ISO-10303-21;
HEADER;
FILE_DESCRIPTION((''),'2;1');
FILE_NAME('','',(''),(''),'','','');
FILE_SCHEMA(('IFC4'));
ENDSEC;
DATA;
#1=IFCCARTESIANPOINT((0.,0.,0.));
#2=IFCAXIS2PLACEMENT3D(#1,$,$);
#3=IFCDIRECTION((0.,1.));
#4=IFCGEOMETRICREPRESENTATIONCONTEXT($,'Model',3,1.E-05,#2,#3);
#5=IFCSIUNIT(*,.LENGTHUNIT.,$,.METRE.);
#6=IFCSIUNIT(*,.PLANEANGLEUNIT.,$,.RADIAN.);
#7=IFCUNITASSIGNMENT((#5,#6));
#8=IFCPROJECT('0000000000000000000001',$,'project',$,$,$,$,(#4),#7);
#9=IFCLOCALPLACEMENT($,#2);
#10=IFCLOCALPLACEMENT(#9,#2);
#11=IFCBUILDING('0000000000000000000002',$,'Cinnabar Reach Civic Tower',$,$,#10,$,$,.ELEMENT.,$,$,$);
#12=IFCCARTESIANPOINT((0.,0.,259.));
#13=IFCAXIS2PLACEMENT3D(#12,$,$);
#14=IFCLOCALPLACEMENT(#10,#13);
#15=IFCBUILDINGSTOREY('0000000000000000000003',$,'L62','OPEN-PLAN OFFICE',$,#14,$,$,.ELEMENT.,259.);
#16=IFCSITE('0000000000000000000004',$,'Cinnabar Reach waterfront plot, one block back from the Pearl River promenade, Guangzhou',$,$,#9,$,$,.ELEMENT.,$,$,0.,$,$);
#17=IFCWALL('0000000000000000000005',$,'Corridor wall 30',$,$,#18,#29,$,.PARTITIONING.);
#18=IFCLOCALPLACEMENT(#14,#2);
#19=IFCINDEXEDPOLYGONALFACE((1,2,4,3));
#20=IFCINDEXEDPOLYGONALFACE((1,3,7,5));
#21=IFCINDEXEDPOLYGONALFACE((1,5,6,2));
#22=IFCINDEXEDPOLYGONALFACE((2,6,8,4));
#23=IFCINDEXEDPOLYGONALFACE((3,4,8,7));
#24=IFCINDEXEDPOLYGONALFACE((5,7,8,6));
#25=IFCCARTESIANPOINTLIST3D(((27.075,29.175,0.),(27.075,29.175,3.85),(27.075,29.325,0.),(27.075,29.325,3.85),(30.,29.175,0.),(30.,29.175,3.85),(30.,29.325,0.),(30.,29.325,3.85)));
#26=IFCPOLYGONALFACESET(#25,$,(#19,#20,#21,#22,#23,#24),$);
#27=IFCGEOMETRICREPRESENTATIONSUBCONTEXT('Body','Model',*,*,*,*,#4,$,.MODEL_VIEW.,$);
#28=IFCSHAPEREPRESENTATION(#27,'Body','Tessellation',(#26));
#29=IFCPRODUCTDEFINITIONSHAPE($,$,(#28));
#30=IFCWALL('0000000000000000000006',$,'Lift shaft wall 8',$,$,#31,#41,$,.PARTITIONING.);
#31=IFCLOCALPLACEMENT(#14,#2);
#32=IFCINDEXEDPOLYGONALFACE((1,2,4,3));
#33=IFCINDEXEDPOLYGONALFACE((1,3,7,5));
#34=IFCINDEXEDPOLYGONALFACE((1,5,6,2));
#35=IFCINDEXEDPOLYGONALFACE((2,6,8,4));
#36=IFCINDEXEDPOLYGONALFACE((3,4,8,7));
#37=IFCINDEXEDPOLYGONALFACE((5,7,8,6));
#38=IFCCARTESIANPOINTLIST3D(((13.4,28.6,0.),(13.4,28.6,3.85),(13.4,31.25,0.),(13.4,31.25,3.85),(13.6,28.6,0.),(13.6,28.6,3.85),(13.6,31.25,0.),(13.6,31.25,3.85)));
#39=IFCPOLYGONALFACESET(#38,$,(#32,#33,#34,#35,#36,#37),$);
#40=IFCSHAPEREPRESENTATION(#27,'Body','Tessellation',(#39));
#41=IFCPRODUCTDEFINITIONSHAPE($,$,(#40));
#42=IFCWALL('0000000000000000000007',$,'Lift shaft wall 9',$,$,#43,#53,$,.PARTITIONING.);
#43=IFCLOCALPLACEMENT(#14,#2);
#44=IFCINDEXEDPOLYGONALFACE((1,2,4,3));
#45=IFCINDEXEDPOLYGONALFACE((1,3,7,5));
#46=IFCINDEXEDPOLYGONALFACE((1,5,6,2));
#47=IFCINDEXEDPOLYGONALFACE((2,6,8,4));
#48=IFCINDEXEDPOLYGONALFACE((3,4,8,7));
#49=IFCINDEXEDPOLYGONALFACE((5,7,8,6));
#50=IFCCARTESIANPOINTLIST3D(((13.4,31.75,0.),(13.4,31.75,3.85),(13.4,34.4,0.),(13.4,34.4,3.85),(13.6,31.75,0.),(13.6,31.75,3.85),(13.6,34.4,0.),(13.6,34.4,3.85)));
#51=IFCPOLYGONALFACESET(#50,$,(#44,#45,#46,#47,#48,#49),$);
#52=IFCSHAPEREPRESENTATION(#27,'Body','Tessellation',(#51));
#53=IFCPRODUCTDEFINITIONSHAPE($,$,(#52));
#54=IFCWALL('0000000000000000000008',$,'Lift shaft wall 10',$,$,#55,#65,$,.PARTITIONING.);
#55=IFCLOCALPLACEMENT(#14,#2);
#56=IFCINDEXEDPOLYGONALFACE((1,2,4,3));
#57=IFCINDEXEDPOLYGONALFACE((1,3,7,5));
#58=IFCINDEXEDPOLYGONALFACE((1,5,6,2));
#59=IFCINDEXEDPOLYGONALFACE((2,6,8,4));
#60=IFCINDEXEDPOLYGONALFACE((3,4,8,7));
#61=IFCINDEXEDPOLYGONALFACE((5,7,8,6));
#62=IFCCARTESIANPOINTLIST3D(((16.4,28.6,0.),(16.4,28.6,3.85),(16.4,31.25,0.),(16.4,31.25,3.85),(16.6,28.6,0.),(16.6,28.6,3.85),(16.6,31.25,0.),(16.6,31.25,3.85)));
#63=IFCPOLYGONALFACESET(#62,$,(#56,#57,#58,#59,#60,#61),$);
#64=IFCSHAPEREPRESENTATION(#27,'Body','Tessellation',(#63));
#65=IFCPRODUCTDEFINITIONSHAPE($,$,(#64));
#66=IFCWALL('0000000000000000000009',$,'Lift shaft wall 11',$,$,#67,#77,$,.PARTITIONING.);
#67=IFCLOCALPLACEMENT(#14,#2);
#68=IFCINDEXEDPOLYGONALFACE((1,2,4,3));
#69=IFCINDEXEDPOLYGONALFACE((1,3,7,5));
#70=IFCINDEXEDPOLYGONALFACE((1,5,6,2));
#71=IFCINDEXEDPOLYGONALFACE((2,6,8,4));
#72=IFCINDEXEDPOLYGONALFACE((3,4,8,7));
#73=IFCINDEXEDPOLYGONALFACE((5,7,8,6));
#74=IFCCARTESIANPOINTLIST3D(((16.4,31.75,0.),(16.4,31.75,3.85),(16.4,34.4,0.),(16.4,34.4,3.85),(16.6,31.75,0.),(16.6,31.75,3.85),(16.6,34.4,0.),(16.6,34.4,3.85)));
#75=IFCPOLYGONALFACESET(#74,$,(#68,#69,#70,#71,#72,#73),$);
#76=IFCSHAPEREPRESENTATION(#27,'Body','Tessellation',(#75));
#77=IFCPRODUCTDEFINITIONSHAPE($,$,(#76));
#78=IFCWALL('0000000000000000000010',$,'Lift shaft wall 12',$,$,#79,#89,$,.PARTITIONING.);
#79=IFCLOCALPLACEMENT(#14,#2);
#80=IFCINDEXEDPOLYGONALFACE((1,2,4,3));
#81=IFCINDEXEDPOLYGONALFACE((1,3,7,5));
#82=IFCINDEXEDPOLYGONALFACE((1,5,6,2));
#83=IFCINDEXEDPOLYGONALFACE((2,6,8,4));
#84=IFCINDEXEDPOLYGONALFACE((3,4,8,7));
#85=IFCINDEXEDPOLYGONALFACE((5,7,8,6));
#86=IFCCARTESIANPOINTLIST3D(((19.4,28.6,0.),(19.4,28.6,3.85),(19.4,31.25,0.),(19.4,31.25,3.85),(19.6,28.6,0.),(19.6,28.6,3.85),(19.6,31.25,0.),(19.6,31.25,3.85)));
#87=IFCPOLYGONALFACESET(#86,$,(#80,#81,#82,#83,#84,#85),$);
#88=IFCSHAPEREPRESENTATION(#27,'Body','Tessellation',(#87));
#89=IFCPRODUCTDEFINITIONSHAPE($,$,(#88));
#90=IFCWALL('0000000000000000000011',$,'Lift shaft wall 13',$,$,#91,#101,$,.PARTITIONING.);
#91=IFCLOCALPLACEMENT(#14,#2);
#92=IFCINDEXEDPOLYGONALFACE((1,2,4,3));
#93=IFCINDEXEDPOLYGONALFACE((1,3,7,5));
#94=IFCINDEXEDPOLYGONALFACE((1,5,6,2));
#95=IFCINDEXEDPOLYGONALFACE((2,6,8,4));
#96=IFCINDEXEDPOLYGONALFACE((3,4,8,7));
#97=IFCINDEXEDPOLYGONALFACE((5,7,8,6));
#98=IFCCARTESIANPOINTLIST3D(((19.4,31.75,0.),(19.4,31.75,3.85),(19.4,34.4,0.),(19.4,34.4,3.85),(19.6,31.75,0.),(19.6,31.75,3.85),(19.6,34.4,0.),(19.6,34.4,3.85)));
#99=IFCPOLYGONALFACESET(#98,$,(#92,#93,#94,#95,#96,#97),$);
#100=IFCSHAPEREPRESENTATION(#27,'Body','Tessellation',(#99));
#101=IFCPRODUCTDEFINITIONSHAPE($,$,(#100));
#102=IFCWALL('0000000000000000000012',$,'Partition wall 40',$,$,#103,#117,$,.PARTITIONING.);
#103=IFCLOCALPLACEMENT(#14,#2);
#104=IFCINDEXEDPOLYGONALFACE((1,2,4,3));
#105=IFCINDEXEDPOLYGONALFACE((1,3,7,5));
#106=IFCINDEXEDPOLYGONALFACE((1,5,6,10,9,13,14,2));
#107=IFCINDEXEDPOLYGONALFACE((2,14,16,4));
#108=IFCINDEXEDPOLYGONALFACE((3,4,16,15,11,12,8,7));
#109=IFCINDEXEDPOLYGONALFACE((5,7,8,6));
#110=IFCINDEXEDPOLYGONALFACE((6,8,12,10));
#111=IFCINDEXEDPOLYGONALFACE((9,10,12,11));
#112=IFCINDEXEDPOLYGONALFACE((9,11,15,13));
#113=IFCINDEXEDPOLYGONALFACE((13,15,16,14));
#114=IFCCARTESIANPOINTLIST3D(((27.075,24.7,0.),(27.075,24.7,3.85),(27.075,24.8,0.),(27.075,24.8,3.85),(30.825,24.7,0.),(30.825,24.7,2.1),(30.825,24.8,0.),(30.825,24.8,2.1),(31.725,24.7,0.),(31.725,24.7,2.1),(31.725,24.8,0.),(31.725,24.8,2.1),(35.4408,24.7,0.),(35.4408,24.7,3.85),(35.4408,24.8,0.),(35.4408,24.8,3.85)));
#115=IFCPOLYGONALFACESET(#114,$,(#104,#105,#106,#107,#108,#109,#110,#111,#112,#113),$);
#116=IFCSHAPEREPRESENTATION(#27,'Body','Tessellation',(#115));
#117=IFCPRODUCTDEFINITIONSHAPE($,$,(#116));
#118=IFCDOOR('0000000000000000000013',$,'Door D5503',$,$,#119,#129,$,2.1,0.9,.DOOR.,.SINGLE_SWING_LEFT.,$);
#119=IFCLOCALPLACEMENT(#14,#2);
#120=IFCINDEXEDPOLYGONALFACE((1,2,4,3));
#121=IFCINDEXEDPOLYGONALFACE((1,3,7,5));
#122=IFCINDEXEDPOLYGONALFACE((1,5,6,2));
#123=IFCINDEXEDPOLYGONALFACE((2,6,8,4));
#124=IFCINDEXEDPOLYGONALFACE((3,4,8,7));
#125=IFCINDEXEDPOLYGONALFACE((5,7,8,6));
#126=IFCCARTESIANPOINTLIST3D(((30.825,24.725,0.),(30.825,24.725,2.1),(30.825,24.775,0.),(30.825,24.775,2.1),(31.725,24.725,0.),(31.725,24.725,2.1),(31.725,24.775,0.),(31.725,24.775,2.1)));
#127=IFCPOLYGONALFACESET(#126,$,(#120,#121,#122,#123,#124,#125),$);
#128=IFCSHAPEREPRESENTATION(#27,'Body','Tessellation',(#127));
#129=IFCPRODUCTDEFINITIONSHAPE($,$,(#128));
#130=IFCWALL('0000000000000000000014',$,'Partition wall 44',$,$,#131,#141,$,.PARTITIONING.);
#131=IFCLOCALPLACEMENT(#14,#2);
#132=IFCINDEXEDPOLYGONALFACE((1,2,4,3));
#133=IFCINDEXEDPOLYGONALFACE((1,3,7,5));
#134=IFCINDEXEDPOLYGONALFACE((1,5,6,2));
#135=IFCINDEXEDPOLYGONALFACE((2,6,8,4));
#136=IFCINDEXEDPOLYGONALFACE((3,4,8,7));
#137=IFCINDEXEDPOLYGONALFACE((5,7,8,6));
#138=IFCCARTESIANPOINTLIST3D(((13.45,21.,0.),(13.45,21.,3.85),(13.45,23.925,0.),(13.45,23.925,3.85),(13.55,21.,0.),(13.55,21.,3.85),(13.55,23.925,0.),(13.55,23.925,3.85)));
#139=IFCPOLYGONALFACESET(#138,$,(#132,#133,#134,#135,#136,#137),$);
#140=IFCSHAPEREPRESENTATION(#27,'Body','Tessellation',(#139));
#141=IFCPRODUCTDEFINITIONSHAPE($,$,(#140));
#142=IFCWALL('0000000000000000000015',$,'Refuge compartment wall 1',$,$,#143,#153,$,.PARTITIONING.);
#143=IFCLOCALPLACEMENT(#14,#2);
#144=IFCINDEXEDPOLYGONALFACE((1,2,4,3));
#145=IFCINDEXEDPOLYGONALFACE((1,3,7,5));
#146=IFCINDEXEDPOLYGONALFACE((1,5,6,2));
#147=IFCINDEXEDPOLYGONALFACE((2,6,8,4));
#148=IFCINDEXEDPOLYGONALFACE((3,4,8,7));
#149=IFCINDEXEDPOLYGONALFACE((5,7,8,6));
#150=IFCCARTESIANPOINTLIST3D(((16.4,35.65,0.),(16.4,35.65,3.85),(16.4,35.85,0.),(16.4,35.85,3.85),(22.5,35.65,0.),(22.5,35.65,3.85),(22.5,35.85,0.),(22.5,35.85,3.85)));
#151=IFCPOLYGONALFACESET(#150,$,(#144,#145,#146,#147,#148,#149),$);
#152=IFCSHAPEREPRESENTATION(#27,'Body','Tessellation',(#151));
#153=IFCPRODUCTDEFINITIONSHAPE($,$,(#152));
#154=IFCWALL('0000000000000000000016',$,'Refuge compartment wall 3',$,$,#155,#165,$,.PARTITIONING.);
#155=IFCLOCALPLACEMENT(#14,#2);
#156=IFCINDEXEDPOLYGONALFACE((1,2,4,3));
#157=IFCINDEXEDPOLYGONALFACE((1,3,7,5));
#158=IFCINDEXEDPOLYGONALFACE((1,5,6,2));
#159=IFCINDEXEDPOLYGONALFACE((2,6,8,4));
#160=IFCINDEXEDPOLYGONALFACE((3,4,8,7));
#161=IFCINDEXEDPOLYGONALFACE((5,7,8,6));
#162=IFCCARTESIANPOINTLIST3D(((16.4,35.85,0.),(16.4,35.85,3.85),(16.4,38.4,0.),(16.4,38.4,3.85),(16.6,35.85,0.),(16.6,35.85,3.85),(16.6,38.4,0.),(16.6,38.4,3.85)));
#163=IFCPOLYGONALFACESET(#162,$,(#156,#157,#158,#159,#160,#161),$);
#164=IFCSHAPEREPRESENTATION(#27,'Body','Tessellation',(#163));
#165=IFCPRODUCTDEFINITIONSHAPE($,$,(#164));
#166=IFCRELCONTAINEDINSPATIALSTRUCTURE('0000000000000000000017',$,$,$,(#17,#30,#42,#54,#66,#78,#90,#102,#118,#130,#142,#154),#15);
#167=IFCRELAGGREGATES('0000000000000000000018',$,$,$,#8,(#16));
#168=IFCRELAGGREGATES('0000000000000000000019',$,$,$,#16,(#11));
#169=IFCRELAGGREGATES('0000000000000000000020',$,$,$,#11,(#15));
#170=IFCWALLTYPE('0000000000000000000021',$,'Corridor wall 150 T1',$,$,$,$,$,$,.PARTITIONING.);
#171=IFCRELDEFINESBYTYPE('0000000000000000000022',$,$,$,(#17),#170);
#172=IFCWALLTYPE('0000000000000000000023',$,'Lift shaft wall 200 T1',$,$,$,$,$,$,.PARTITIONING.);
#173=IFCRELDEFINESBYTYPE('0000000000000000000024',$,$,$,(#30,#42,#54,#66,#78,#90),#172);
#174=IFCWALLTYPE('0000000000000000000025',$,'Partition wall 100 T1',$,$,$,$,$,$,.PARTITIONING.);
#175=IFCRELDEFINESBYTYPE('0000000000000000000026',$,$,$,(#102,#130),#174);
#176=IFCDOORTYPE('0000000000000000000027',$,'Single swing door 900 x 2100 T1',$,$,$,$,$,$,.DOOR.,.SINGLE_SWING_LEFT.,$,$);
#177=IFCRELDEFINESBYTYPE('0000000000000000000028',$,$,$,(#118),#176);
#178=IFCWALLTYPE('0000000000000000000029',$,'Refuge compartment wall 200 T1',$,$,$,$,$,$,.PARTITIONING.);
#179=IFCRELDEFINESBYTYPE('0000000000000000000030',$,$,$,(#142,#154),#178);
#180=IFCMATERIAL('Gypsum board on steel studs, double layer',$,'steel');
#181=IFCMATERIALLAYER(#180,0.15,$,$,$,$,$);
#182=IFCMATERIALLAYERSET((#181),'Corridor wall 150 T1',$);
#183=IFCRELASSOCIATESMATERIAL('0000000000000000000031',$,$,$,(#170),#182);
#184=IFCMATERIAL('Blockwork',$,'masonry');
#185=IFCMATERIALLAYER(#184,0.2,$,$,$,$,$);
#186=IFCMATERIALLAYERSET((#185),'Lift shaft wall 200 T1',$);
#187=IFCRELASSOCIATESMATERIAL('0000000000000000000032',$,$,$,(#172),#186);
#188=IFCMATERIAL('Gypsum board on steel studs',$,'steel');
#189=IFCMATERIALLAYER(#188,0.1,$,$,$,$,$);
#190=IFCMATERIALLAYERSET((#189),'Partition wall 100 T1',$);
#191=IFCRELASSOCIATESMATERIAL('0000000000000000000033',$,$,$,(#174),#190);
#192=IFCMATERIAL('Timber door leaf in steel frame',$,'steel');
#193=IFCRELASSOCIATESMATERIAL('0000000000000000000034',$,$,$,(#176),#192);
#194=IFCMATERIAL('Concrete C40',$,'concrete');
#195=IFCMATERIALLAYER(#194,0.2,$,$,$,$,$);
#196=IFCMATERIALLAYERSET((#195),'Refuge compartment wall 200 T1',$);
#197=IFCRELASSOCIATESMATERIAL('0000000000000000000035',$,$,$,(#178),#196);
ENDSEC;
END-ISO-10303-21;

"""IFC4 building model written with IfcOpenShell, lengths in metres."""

from ifc_helpers import new_model, si_unit, direction, frame, frame_2d, origin, place, context, subcontext, project, spatial, rectangle, extrude, material, layer, layer_set, type_object, element, fill, save


model = new_model("IFC4")

# Units and contexts
model_context = context("Model", 3, precision=1e-05, world=origin(), true_north=direction((0.0, 1.0)))
body_context = subcontext(model_context, "Body", "Model", "MODEL_VIEW")
ifc_project = project(units=[si_unit("LENGTHUNIT", "METRE"), si_unit("PLANEANGLEUNIT", "RADIAN")], contexts=[model_context])

# Site, building, storey
site_placement = place(None, origin())
site = spatial("IfcSite", under=ifc_project, at=site_placement, Name="Cinnabar Reach waterfront plot, one block back from the Pearl River promenade, Guangzhou", CompositionType="ELEMENT", RefElevation=0.0)
building_placement = place(site_placement, origin())
building = spatial("IfcBuilding", under=site, at=building_placement, Name="Cinnabar Reach Civic Tower", CompositionType="ELEMENT")
storey_placement = place(building_placement, frame((0.0, 0.0, 259.0)))
storey = spatial("IfcBuildingStorey", under=building, at=storey_placement, Name="L62", Description="OPEN-PLAN OFFICE", CompositionType="ELEMENT", Elevation=259.0)

# Shared definitions
ifc_material_1 = material(Name="Timber door leaf in steel frame", Category="steel")

# Shared definitions
ifc_material_2 = material(Name="Gypsum board on steel studs, double layer", Category="steel")
ifc_layer_1 = layer(ifc_material_2, 0.15)
ifc_layer_set_1 = layer_set([ifc_layer_1], Name="Corridor wall 150 T1")
wall_type_1 = type_object("IfcWallType", Name="Corridor wall 150 T1", PredefinedType="PARTITIONING", material=ifc_layer_set_1)

# Walls
wall_1_placement = place(storey_placement, frame((27.075, 29.25, 0.0), z_axis=(0.0, 0.0, 1.0), x_axis=(1.0, 0.0, 0.0)))
element("IfcWall", 1, at=wall_1_placement, inside=storey, type_object=wall_type_1, Name="Corridor wall 30", PredefinedType="PARTITIONING", context=body_context, shape_type="SweptSolid", body=[
    extrude(rectangle(XDim=2.925, YDim=0.15, at=frame_2d((1.4625, 0.0))), origin(), (0.0, 0.0, 1.0), 3.85),
])
ifc_material_3 = material(Name="Blockwork", Category="masonry")
ifc_layer_2 = layer(ifc_material_3, 0.2)
ifc_layer_set_2 = layer_set([ifc_layer_2], Name="Lift shaft wall 200 T1")
wall_type_2 = type_object("IfcWallType", Name="Lift shaft wall 200 T1", PredefinedType="PARTITIONING", material=ifc_layer_set_2)
for number, where, z_axis, x_axis, name in (
    (2, (13.5, 28.6, 0.0), (0.0, 0.0, 1.0), (0.0, 1.0, 0.0), "Lift shaft wall 8"),
    (3, (13.5, 31.75, 0.0), (0.0, 0.0, 1.0), (0.0, 1.0, 0.0), "Lift shaft wall 9"),
    (4, (16.5, 28.6, 0.0), (0.0, 0.0, 1.0), (0.0, 1.0, 0.0), "Lift shaft wall 10"),
    (5, (16.5, 31.75, 0.0), (0.0, 0.0, 1.0), (0.0, 1.0, 0.0), "Lift shaft wall 11"),
    (6, (19.5, 28.6, 0.0), (0.0, 0.0, 1.0), (0.0, 1.0, 0.0), "Lift shaft wall 12"),
    (7, (19.5, 31.75, 0.0), (0.0, 0.0, 1.0), (0.0, 1.0, 0.0), "Lift shaft wall 13"),
):
    element("IfcWall", number, at=place(storey_placement, frame(where, z_axis=z_axis, x_axis=x_axis)), inside=storey, type_object=wall_type_2, Name=name, PredefinedType="PARTITIONING", context=body_context, shape_type="SweptSolid", body=[
        extrude(rectangle(XDim=2.65, YDim=0.2, at=frame_2d((1.325, 0.0))), origin(), (0.0, 0.0, 1.0), 3.85),
    ])

# Wall, opening, door
ifc_material_4 = material(Name="Gypsum board on steel studs", Category="steel")
ifc_layer_3 = layer(ifc_material_4, 0.1)
ifc_layer_set_3 = layer_set([ifc_layer_3], Name="Partition wall 100 T1")
wall_type_3 = type_object("IfcWallType", Name="Partition wall 100 T1", PredefinedType="PARTITIONING", material=ifc_layer_set_3)
wall_2_placement = place(storey_placement, frame((27.075, 24.75, 0.0), z_axis=(0.0, 0.0, 1.0), x_axis=(1.0, 0.0, 0.0)))
wall_2 = element("IfcWall", 8, at=wall_2_placement, inside=storey, type_object=wall_type_3, Name="Partition wall 40", PredefinedType="PARTITIONING", context=body_context, shape_type="SweptSolid", body=[
    extrude(rectangle(XDim=8.3659, YDim=0.1, at=frame_2d((4.1829, 0.0))), origin(), (0.0, 0.0, 1.0), 3.85),
])
opening_1_placement = place(wall_2_placement, frame((3.75, 0.0, 0.0)))
opening_1 = element("IfcOpeningElement", 9, at=opening_1_placement, cuts=wall_2, PredefinedType="OPENING", context=body_context, shape_type="SweptSolid", body=[
    extrude(rectangle(XDim=0.9, YDim=2.1, at=frame_2d((0.45, 1.05))), frame((0.0, 0.06, 0.0), z_axis=(0.0, -1.0, 0.0), x_axis=(1.0, 0.0, 0.0)), (0.0, 0.0, 1.0), 0.12),
])
door_type_1 = type_object("IfcDoorType", Name="Single swing door 900 x 2100 T1", OperationType="SINGLE_SWING_LEFT", PredefinedType="DOOR", material=ifc_material_1)
door_1_placement = place(opening_1_placement, frame((0.9, 0.0, 0.0), z_axis=(0.0, 0.0, 1.0), x_axis=(-1.0, 0.0, 0.0)))
door_1 = element("IfcDoor", 10, at=door_1_placement, inside=storey, type_object=door_type_1, Name="Door D5503", OperationType="SINGLE_SWING_LEFT", OverallHeight=2.1, OverallWidth=0.9, PredefinedType="DOOR", context=body_context, shape_type="SweptSolid", body=[
    extrude(rectangle(XDim=0.9, YDim=2.1, at=frame_2d((0.45, 1.05))), frame((0.0, 0.025, 0.0), z_axis=(0.0, -1.0, 0.0), x_axis=(1.0, 0.0, 0.0)), (0.0, 0.0, 1.0), 0.05),
])
fill(opening_1, door_1)

# Walls
wall_3_placement = place(storey_placement, frame((13.5, 21.0, 0.0), z_axis=(0.0, 0.0, 1.0), x_axis=(0.0, 1.0, 0.0)))
element("IfcWall", 11, at=wall_3_placement, inside=storey, type_object=wall_type_3, Name="Partition wall 44", PredefinedType="PARTITIONING", context=body_context, shape_type="SweptSolid", body=[
    extrude(rectangle(XDim=2.925, YDim=0.1, at=frame_2d((1.4625, 0.0))), origin(), (0.0, 0.0, 1.0), 3.85),
])
ifc_material_5 = material(Name="Concrete C40", Category="concrete")
ifc_layer_4 = layer(ifc_material_5, 0.2)
ifc_layer_set_4 = layer_set([ifc_layer_4], Name="Refuge compartment wall 200 T1")
wall_type_4 = type_object("IfcWallType", Name="Refuge compartment wall 200 T1", PredefinedType="PARTITIONING", material=ifc_layer_set_4)
wall_4_placement = place(storey_placement, frame((16.4, 35.75, 0.0), z_axis=(0.0, 0.0, 1.0), x_axis=(1.0, 0.0, 0.0)))
element("IfcWall", 12, at=wall_4_placement, inside=storey, type_object=wall_type_4, Name="Refuge compartment wall 1", PredefinedType="PARTITIONING", context=body_context, shape_type="SweptSolid", body=[
    extrude(rectangle(XDim=6.1, YDim=0.2, at=frame_2d((3.05, 0.0))), origin(), (0.0, 0.0, 1.0), 3.85),
])
wall_5_placement = place(storey_placement, frame((16.5, 35.85, 0.0), z_axis=(0.0, 0.0, 1.0), x_axis=(0.0, 1.0, 0.0)))
element("IfcWall", 13, at=wall_5_placement, inside=storey, type_object=wall_type_4, Name="Refuge compartment wall 3", PredefinedType="PARTITIONING", context=body_context, shape_type="SweptSolid", body=[
    extrude(rectangle(XDim=2.55, YDim=0.2, at=frame_2d((1.275, 0.0))), origin(), (0.0, 0.0, 1.0), 3.85),
])

save(model, "model.ifc")
